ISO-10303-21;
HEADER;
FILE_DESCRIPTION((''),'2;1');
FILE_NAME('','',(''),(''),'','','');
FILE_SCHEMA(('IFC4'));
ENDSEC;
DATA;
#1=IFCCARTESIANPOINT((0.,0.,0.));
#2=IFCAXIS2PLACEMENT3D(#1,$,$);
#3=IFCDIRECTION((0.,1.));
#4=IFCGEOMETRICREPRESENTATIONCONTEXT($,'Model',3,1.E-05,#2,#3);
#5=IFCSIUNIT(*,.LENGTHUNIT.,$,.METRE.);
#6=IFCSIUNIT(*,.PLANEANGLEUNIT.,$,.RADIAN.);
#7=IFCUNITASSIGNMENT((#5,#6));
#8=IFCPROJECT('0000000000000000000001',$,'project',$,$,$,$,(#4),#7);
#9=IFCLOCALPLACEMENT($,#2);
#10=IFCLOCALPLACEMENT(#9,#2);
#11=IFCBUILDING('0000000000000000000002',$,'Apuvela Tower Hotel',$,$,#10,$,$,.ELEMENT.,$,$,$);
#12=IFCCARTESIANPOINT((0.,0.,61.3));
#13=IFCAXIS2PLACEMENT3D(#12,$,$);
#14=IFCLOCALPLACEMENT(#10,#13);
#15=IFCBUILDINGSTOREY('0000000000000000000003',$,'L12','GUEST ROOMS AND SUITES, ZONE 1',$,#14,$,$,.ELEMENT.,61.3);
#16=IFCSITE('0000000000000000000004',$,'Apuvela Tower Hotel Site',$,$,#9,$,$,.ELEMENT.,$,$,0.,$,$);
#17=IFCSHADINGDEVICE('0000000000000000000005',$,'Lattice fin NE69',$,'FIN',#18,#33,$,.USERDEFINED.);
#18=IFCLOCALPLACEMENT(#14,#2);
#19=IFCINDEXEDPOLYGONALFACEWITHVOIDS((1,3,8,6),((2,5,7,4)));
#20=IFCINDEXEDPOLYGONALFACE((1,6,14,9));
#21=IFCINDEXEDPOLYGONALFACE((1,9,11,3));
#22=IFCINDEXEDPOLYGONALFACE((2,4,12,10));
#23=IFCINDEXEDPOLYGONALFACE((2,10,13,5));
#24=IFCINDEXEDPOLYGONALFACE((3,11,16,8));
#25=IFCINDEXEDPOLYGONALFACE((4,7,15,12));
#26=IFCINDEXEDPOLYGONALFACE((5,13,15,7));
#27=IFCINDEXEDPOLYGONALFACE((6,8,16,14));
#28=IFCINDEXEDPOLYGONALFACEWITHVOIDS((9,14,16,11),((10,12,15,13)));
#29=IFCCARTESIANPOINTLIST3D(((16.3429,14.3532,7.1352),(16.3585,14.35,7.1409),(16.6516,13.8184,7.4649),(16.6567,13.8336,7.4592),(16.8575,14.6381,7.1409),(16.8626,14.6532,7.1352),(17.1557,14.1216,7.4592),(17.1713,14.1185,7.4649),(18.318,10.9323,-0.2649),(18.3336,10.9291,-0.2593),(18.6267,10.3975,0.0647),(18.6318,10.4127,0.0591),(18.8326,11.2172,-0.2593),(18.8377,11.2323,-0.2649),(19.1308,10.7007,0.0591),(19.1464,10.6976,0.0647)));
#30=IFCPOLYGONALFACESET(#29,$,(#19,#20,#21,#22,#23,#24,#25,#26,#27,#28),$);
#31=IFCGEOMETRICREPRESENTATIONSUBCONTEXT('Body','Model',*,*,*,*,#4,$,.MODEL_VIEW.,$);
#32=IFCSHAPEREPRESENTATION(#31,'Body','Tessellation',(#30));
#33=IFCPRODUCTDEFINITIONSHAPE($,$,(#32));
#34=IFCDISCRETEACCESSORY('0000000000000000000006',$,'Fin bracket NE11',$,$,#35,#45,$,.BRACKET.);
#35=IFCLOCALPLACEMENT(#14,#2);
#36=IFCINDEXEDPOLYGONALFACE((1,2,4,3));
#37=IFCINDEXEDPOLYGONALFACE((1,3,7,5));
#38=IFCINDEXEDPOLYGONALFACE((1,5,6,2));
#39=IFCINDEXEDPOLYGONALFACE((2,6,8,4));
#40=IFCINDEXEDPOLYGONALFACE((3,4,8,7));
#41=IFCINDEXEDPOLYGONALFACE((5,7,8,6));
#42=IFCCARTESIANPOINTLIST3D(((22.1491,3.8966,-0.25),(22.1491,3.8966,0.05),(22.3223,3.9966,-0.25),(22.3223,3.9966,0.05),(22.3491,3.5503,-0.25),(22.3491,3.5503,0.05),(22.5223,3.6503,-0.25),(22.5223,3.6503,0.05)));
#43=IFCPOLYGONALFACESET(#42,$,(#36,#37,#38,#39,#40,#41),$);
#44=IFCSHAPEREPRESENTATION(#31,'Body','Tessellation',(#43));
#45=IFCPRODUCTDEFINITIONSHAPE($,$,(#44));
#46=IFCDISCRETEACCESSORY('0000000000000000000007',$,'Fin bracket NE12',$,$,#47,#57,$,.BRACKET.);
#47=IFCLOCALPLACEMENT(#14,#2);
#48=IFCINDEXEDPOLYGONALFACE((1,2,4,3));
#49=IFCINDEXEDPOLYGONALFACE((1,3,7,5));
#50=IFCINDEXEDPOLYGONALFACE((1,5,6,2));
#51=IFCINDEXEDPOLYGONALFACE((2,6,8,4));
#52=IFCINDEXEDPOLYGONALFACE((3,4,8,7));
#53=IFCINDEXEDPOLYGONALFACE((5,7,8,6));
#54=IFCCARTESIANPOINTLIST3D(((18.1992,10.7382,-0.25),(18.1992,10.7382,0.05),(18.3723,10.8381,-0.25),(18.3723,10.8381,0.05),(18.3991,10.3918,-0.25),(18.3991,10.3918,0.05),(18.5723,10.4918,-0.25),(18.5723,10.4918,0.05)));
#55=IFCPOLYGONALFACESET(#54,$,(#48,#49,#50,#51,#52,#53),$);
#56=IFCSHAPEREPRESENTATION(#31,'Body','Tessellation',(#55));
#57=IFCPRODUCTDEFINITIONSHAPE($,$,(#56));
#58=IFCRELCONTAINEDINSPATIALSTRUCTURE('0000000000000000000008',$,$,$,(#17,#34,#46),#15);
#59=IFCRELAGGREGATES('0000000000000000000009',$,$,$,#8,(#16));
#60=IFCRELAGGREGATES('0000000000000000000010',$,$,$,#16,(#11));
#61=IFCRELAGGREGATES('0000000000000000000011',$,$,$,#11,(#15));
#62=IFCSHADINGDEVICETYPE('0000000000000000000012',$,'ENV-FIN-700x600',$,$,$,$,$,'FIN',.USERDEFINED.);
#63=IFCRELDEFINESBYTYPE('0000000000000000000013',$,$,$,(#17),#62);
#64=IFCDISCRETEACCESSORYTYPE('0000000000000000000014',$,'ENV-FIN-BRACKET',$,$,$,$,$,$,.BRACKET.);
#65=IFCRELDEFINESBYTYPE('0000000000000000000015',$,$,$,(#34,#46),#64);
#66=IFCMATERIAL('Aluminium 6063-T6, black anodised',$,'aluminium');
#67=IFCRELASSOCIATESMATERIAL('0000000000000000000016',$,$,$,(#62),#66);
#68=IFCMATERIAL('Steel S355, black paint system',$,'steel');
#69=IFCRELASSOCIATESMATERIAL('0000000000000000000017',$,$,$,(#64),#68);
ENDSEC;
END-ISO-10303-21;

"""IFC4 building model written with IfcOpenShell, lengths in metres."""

from ifc_helpers import new_model, si_unit, direction, frame, origin, origin_2d, place, context, subcontext, project, spatial, rectangle, hollow_rectangle, extrude, material, material_profile, profile_set, type_object, element, save


model = new_model("IFC4")

# Units and contexts
model_context = context("Model", 3, precision=1e-05, world=origin(), true_north=direction((0.0, 1.0)))
body_context = subcontext(model_context, "Body", "Model", "MODEL_VIEW")
ifc_project = project(units=[si_unit("LENGTHUNIT", "METRE"), si_unit("PLANEANGLEUNIT", "RADIAN")], contexts=[model_context])

# Site, building, storey
site_placement = place(None, origin())
site = spatial("IfcSite", under=ifc_project, at=site_placement, Name="Apuvela Tower Hotel Site", CompositionType="ELEMENT", RefElevation=0.0)
building_placement = place(site_placement, origin())
building = spatial("IfcBuilding", under=site, at=building_placement, Name="Apuvela Tower Hotel", CompositionType="ELEMENT")
storey_placement = place(building_placement, frame((0.0, 0.0, 61.3)))
storey = spatial("IfcBuildingStorey", under=building, at=storey_placement, Name="L12", Description="GUEST ROOMS AND SUITES, ZONE 1", CompositionType="ELEMENT", Elevation=61.3)

# Shading device
ifc_material_1 = material(Name="Aluminium 6063-T6, black anodised", Category="aluminium")
ifc_material_profile_1 = material_profile(ifc_material_1, hollow_rectangle(XDim=0.6001, YDim=0.7, WallThickness=0.012, at=origin_2d()), Name="AL BOX 700x600x12")
ifc_profile_set_1 = profile_set([ifc_material_profile_1], Name="Aluminium 6063-T6, black anodised")
shading_device_type = type_object("IfcShadingDeviceType", Name="ENV-FIN-700x600", ElementType="FIN", PredefinedType="USERDEFINED", material=ifc_profile_set_1)
shading_device_1_placement = place(storey_placement, frame((18.7322, 10.8149, -0.1001), z_axis=(-0.235455, 0.407812, 0.882185), x_axis=(-0.866021, -0.500008, 0.0)))
element("IfcShadingDevice", 1, at=shading_device_1_placement, inside=storey, type_object=shading_device_type, Name="Lattice fin NE69", ObjectType="FIN", PredefinedType="USERDEFINED", context=body_context, shape_type="SweptSolid", body=[
    extrude(hollow_rectangle(XDim=0.6001, YDim=0.7, WallThickness=0.012, at=origin_2d()), origin(), (0.0, 0.0, 1.0), 8.3884),
])

# Discrete accessories
ifc_material_2 = material(Name="Steel S355, black paint system", Category="steel")
discrete_accessory_type = type_object("IfcDiscreteAccessoryType", Name="ENV-FIN-BRACKET", PredefinedType="BRACKET", material=ifc_material_2)
for number, where, z_axis, x_axis, name in (
    (2, (22.3357, 3.7734, -0.25), (0.0, 0.0, 1.0), (-0.5, 0.866025, 0.0), "Fin bracket NE11"),
    (3, (18.3857, 10.615, -0.25), (0.0, 0.0, 1.0), (-0.5, 0.866025, 0.0), "Fin bracket NE12"),
):
    element("IfcDiscreteAccessory", number, at=place(storey_placement, frame(where, z_axis=z_axis, x_axis=x_axis)), inside=storey, type_object=discrete_accessory_type, Name=name, PredefinedType="BRACKET", context=body_context, shape_type="SweptSolid", body=[
        extrude(rectangle(XDim=0.3999, YDim=0.2, at=origin_2d()), origin(), (0.0, 0.0, 1.0), 0.3),
    ])

save(model, "model.ifc")
